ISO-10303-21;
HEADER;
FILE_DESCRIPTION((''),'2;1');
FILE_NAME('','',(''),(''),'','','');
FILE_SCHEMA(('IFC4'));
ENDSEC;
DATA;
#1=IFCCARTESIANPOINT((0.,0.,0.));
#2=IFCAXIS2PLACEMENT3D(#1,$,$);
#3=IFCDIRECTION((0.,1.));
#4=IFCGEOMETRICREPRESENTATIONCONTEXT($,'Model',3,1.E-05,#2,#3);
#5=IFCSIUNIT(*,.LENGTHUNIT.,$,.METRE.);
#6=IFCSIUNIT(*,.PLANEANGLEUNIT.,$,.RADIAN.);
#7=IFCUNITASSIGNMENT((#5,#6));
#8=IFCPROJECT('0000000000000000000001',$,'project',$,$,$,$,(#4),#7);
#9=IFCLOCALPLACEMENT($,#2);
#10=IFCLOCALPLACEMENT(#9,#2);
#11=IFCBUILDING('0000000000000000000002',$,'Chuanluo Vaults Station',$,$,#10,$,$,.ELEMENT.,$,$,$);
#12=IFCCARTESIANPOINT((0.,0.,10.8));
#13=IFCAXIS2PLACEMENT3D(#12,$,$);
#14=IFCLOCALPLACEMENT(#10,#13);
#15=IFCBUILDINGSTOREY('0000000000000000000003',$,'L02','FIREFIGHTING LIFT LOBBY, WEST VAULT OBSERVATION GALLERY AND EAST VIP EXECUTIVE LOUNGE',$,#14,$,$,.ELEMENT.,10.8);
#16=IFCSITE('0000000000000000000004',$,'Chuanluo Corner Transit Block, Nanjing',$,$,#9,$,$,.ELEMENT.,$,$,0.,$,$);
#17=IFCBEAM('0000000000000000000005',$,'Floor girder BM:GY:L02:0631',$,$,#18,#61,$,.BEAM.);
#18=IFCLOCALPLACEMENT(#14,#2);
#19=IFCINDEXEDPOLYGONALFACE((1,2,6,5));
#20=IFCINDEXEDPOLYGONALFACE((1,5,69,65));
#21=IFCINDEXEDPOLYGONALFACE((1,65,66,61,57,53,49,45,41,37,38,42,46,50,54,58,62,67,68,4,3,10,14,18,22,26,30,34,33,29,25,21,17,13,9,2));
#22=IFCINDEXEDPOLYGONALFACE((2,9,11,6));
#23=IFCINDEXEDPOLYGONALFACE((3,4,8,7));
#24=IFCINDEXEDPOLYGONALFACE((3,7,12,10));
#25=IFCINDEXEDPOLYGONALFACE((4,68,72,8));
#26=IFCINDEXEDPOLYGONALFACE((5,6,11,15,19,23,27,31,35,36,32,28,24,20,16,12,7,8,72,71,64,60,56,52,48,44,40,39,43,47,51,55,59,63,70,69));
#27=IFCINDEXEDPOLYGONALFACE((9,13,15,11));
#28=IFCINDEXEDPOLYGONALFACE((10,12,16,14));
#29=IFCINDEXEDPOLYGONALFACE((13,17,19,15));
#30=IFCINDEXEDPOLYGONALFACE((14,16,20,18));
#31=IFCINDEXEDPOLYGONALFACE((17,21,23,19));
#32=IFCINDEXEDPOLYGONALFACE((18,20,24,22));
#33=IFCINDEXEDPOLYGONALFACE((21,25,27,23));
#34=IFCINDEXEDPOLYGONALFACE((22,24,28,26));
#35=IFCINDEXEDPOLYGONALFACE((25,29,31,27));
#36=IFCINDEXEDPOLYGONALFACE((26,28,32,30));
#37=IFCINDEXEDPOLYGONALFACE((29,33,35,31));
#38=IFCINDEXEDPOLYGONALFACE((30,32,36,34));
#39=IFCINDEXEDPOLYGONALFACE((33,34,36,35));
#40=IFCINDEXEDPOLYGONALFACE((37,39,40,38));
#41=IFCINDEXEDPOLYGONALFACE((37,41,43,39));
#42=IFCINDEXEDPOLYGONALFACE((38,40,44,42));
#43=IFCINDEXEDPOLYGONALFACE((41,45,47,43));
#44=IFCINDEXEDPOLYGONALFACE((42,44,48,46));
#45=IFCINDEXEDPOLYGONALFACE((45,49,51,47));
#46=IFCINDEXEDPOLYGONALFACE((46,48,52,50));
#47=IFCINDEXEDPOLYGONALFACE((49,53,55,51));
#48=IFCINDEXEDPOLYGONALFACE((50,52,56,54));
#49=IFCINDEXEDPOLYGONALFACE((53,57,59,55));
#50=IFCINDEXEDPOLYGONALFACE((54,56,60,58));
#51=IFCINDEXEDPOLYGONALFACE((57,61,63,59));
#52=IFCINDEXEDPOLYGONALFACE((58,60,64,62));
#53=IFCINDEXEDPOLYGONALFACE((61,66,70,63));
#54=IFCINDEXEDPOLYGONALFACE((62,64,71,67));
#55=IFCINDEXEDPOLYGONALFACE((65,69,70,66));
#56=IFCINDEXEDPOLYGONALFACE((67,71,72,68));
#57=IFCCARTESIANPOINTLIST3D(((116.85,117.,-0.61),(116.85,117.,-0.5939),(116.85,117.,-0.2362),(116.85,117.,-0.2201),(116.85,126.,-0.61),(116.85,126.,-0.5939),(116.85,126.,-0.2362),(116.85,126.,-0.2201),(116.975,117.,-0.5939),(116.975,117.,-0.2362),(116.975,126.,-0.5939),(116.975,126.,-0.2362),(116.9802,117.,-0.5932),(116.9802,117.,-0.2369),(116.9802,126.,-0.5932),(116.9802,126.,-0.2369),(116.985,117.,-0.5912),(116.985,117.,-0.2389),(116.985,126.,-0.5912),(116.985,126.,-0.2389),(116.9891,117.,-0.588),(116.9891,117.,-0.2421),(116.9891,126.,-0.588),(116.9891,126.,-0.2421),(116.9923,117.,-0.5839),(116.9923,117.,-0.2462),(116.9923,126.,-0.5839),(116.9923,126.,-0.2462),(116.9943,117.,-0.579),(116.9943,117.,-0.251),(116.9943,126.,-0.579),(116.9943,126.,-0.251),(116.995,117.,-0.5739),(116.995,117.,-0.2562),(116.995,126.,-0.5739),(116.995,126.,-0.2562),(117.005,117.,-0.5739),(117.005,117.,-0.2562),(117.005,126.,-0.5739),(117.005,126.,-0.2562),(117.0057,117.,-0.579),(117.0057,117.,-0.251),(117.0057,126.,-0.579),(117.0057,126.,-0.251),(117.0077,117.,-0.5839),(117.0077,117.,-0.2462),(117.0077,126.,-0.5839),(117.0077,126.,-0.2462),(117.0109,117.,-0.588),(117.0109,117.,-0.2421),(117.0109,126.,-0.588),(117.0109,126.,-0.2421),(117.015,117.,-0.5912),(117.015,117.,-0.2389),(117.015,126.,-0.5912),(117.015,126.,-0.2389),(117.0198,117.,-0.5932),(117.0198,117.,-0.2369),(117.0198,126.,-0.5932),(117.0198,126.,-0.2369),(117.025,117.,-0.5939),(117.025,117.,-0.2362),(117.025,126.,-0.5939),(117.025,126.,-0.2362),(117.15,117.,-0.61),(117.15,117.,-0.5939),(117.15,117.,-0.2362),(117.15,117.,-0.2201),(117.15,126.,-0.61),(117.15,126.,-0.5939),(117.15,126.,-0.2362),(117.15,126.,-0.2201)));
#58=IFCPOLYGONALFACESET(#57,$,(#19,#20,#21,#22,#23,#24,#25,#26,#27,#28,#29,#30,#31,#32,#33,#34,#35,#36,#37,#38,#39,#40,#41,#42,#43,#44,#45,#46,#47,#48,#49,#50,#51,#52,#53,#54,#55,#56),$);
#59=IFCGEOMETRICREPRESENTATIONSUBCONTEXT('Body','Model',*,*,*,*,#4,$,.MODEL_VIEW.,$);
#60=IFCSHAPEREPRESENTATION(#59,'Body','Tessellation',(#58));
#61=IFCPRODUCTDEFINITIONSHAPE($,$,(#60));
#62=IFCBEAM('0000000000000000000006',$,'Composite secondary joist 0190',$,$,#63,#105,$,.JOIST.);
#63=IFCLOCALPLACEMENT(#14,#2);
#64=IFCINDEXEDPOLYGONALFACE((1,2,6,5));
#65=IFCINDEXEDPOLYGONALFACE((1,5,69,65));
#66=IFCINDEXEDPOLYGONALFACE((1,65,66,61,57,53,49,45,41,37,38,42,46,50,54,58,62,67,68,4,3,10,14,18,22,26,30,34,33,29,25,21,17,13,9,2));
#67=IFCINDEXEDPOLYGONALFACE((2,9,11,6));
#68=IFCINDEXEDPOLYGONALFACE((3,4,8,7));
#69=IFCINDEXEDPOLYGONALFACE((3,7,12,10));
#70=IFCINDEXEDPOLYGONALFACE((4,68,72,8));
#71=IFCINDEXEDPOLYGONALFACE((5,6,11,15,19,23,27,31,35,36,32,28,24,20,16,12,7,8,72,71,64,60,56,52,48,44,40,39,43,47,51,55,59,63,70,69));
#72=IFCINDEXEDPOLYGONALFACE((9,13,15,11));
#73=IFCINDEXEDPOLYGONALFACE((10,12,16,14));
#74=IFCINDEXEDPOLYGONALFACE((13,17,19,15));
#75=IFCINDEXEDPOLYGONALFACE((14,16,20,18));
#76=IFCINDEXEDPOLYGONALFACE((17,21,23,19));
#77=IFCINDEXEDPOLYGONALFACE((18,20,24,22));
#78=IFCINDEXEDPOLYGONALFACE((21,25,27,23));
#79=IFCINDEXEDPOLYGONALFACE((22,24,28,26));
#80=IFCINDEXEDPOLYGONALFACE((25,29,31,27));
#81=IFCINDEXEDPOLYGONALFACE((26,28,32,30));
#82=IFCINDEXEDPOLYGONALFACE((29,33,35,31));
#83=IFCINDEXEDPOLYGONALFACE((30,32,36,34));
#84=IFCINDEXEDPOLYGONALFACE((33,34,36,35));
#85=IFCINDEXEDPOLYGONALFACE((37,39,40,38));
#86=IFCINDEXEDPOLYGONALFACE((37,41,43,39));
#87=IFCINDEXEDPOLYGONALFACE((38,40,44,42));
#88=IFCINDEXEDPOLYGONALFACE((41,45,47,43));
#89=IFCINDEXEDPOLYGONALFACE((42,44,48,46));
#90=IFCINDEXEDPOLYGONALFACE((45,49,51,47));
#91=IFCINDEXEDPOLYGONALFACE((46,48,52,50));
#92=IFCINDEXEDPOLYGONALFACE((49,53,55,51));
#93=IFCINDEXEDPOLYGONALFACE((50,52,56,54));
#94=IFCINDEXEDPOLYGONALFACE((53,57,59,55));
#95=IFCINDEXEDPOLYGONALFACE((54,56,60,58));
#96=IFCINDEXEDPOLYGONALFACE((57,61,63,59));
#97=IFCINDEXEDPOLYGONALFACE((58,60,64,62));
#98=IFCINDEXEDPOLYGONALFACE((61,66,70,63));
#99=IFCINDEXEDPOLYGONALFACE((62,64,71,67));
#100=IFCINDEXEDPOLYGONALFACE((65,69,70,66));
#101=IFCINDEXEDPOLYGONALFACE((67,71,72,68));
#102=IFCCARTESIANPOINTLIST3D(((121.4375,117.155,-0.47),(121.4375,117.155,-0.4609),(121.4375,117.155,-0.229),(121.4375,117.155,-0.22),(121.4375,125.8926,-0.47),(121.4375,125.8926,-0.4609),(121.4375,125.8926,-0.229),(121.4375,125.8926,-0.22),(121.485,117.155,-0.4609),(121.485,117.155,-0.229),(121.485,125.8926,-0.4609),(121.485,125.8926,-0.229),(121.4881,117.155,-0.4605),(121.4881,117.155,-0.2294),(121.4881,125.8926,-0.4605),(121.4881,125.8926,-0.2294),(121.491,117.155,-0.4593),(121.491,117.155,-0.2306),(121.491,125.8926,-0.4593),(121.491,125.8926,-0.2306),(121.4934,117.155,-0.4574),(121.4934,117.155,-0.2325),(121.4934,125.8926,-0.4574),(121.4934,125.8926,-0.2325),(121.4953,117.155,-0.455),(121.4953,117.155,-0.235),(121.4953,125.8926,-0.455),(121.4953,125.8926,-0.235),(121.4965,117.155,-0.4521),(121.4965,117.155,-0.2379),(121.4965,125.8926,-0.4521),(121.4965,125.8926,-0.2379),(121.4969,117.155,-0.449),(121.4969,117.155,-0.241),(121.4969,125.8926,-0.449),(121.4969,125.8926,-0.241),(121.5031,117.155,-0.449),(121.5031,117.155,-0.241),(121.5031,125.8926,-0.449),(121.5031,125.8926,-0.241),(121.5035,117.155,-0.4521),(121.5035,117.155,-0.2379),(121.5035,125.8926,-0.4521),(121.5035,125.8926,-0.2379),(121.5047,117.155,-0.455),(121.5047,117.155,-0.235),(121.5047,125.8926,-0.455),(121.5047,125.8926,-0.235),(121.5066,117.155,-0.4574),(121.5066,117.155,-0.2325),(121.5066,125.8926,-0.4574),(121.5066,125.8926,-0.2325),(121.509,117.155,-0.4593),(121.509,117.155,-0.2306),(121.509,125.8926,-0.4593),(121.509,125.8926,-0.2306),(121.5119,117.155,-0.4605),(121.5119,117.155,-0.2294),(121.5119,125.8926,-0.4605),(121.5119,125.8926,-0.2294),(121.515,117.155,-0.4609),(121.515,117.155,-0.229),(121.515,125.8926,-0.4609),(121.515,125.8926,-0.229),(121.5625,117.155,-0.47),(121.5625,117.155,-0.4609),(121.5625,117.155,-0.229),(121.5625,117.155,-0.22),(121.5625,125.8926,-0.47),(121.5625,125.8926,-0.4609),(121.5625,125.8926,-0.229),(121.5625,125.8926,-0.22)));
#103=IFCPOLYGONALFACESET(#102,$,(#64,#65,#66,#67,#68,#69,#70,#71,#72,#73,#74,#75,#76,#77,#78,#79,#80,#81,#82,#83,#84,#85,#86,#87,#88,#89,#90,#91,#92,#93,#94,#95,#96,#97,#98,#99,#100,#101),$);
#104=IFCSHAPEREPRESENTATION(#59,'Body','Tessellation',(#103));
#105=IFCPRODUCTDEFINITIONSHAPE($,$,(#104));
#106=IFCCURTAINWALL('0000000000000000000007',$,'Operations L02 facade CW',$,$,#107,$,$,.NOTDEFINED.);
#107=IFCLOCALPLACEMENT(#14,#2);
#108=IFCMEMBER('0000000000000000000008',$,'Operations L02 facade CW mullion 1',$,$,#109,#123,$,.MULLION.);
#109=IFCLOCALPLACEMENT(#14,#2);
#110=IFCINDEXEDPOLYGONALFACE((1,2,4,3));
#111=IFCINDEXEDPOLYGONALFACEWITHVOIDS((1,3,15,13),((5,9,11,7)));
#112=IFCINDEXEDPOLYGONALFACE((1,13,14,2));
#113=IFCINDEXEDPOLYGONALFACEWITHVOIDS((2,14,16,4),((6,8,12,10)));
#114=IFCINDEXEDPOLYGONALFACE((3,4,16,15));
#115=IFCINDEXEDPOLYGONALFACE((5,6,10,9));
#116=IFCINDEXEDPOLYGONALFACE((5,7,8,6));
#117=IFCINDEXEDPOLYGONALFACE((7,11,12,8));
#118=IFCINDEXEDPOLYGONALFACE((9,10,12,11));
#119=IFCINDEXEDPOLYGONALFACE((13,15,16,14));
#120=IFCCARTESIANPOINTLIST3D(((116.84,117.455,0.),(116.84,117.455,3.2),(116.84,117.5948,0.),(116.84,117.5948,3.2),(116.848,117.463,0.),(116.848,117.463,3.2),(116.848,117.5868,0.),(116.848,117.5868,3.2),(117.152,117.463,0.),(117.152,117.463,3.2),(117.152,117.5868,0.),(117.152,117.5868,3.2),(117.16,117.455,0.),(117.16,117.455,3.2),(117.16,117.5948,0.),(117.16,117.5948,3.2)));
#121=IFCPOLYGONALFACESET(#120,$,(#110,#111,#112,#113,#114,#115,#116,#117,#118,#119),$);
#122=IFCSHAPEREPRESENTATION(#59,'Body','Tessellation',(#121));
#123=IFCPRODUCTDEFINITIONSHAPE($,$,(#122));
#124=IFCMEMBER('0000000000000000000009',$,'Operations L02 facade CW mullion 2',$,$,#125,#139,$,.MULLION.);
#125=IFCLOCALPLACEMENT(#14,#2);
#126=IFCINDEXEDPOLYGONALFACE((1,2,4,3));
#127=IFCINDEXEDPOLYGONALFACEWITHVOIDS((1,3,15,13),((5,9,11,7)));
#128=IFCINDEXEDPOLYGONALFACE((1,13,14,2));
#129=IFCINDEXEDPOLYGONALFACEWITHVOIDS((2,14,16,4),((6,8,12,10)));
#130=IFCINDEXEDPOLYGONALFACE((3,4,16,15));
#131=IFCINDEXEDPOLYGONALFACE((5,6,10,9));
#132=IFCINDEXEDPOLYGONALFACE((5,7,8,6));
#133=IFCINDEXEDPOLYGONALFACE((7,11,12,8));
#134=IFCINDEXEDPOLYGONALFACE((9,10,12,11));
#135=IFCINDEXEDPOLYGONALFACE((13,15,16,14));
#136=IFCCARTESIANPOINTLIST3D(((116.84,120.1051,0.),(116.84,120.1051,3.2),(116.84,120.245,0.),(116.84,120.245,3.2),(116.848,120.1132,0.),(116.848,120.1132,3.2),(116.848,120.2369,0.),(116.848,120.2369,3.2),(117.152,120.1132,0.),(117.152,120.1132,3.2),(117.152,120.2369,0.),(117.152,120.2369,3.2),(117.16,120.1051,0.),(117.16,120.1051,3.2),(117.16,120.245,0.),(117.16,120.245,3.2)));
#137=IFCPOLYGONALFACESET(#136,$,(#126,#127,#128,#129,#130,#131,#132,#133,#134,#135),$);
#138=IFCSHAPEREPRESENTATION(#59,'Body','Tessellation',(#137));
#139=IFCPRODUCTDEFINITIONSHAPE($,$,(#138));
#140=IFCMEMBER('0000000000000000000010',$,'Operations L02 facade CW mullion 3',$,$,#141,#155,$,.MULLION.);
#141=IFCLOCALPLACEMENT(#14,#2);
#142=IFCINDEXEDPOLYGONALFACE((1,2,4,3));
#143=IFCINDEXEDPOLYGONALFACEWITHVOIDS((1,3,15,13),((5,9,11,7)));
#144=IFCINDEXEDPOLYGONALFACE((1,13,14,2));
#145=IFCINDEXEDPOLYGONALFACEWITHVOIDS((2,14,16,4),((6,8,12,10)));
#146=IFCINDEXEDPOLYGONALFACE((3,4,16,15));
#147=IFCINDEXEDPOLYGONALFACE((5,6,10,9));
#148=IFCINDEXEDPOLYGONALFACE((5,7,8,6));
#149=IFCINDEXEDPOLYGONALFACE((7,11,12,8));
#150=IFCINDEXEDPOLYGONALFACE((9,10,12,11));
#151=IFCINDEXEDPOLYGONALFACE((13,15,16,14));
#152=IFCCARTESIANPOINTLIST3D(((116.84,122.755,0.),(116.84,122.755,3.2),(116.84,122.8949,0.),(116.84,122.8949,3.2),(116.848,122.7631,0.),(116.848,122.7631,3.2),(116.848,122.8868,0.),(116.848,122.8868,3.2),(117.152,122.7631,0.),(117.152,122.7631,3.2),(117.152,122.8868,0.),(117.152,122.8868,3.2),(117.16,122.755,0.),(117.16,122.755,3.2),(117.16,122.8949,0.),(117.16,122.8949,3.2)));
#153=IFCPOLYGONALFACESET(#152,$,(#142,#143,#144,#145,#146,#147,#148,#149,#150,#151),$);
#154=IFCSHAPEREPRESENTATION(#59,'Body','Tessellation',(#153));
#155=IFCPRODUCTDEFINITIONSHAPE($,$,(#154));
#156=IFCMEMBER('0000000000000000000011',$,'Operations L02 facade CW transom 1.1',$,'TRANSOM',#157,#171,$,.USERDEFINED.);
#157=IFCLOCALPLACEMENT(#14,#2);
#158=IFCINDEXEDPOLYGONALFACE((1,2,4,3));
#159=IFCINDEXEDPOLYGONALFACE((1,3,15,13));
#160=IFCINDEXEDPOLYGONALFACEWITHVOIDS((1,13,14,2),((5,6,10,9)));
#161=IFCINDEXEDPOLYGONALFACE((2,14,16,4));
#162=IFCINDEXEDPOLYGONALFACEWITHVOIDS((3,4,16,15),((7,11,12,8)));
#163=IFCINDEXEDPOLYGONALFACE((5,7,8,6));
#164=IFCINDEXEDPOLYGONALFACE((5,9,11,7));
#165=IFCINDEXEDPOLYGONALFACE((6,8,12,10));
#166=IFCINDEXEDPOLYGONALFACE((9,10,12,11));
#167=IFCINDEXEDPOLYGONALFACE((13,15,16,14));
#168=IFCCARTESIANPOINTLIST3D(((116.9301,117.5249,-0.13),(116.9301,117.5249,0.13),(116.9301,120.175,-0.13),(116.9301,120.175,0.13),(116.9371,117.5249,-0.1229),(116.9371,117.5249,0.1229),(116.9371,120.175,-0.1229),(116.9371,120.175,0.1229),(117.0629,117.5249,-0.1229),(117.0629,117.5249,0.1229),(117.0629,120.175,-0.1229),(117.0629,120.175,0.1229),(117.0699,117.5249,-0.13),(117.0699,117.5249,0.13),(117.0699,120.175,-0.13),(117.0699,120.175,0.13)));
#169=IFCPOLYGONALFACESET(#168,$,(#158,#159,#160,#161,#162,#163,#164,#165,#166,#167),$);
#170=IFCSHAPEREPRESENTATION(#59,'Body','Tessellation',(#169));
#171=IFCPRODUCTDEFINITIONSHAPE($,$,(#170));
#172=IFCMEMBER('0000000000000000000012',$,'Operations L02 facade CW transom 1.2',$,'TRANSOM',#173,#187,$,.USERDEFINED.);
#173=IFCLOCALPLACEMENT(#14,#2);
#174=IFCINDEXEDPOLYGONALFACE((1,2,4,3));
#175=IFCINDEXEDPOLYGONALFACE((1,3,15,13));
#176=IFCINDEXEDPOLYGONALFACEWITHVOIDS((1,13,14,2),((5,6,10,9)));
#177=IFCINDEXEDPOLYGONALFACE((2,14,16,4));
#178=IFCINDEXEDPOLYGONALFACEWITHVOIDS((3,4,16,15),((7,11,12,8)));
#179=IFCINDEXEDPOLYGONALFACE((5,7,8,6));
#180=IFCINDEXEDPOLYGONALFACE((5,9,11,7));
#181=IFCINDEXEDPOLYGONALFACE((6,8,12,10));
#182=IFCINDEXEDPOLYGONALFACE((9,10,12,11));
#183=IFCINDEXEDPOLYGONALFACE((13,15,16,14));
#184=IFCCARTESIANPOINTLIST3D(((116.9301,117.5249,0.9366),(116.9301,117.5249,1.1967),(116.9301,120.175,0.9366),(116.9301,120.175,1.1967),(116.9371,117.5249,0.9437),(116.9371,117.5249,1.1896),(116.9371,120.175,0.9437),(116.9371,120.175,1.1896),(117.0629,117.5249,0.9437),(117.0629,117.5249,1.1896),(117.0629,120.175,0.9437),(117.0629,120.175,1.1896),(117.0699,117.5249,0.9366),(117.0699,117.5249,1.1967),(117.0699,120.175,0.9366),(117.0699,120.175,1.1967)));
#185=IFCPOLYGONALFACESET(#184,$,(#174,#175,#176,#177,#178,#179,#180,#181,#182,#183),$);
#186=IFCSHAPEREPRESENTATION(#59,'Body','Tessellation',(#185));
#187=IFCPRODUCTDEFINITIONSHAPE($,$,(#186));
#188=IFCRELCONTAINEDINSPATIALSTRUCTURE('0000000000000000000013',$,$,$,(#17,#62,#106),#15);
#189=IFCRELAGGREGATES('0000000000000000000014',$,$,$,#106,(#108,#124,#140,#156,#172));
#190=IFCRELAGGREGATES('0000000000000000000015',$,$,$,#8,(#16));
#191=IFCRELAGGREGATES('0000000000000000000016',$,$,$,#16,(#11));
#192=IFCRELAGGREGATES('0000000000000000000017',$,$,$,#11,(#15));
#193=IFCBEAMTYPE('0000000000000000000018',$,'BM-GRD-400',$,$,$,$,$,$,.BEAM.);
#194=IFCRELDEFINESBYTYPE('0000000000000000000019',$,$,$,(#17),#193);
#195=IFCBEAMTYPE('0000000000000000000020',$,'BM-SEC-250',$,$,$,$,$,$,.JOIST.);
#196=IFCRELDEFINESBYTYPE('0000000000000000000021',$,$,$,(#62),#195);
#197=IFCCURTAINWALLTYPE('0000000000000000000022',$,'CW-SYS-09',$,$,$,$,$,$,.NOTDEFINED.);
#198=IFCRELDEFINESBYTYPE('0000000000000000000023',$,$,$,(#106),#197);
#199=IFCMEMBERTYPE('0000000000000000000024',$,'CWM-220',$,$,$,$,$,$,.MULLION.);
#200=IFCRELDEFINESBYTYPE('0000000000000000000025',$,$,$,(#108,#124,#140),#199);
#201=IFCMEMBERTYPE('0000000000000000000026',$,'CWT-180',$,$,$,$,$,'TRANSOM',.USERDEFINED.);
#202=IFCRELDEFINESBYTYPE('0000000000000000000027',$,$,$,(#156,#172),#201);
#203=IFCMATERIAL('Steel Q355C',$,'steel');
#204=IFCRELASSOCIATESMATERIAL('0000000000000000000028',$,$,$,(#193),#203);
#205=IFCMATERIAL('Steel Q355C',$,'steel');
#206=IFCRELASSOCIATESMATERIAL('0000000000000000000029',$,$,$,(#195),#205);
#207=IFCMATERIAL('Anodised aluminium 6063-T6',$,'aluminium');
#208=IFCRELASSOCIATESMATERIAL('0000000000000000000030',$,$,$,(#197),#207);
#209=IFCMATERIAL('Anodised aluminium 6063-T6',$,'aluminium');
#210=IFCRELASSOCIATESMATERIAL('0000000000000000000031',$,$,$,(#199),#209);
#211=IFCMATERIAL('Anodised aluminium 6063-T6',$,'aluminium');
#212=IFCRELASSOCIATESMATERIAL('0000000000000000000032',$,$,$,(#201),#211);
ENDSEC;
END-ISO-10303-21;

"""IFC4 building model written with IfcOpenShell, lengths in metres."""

from ifc_helpers import new_model, si_unit, direction, frame, origin, origin_2d, place, context, subcontext, project, spatial, hollow_rectangle, i_section, extrude, material, material_profile, profile_set, type_object, element, aggregate, save


model = new_model("IFC4")

# Units and contexts
model_context = context("Model", 3, precision=1e-05, world=origin(), true_north=direction((0.0, 1.0)))
body_context = subcontext(model_context, "Body", "Model", "MODEL_VIEW")
ifc_project = project(units=[si_unit("LENGTHUNIT", "METRE"), si_unit("PLANEANGLEUNIT", "RADIAN")], contexts=[model_context])

# Site, building, storey
site_placement = place(None, origin())
site = spatial("IfcSite", under=ifc_project, at=site_placement, Name="Chuanluo Corner Transit Block, Nanjing", CompositionType="ELEMENT", RefElevation=0.0)
building_placement = place(site_placement, origin())
building = spatial("IfcBuilding", under=site, at=building_placement, Name="Chuanluo Vaults Station", CompositionType="ELEMENT")
storey_placement = place(building_placement, frame((0.0, 0.0, 10.8)))
storey = spatial("IfcBuildingStorey", under=building, at=storey_placement, Name="L02", Description="FIREFIGHTING LIFT LOBBY, WEST VAULT OBSERVATION GALLERY AND EAST VIP EXECUTIVE LOUNGE", CompositionType="ELEMENT", Elevation=10.8)

# Beams
ifc_material_1 = material(Name="Steel Q355C", Category="steel")
ifc_material_profile_1 = material_profile(ifc_material_1, i_section(OverallWidth=0.3, OverallDepth=0.3899, WebThickness=0.01, FlangeThickness=0.0161, FilletRadius=0.02, at=origin_2d()))
ifc_profile_set_1 = profile_set([ifc_material_profile_1], Name="Steel Q355C")
beam_type_1 = type_object("IfcBeamType", Name="BM-GRD-400", PredefinedType="BEAM", material=ifc_profile_set_1)
beam_1_placement = place(storey_placement, frame((117.0, 117.0, -0.415), z_axis=(0.0, 1.0, 0.0), x_axis=(-1.0, 0.0, 0.0)))
element("IfcBeam", 1, at=beam_1_placement, inside=storey, type_object=beam_type_1, Name="Floor girder BM:GY:L02:0631", PredefinedType="BEAM", context=body_context, shape_type="SweptSolid", body=[
    extrude(i_section(OverallWidth=0.3, OverallDepth=0.3899, WebThickness=0.01, FlangeThickness=0.0161, FilletRadius=0.02, at=origin_2d()), origin(), (0.0, 0.0, 1.0), 9.0),
])
ifc_material_2 = material(Name="Steel Q355C", Category="steel")
ifc_material_profile_2 = material_profile(ifc_material_2, i_section(OverallWidth=0.125, OverallDepth=0.25, WebThickness=0.0061, FlangeThickness=0.009, FilletRadius=0.012, at=origin_2d()))
ifc_profile_set_2 = profile_set([ifc_material_profile_2], Name="Steel Q355C")
beam_type_2 = type_object("IfcBeamType", Name="BM-SEC-250", PredefinedType="JOIST", material=ifc_profile_set_2)
beam_2_placement = place(storey_placement, frame((121.5, 117.155, -0.345), z_axis=(0.0, 1.0, 0.0), x_axis=(-1.0, 0.0, 0.0)))
element("IfcBeam", 2, at=beam_2_placement, inside=storey, type_object=beam_type_2, Name="Composite secondary joist 0190", PredefinedType="JOIST", context=body_context, shape_type="SweptSolid", body=[
    extrude(i_section(OverallWidth=0.125, OverallDepth=0.25, WebThickness=0.0061, FlangeThickness=0.009, FilletRadius=0.012, at=origin_2d()), origin(), (0.0, 0.0, 1.0), 8.7375),
])

# Curtain wall, members
ifc_material_3 = material(Name="Anodised aluminium 6063-T6", Category="aluminium")
curtain_wall_type = type_object("IfcCurtainWallType", Name="CW-SYS-09", PredefinedType="NOTDEFINED", material=ifc_material_3)
curtain_wall_placement = place(storey_placement, origin())
curtain_wall = element("IfcCurtainWall", 3, at=curtain_wall_placement, inside=storey, type_object=curtain_wall_type, Name="Operations L02 facade CW", PredefinedType="NOTDEFINED")
ifc_material_4 = material(Name="Anodised aluminium 6063-T6", Category="aluminium")
ifc_material_profile_3 = material_profile(ifc_material_4, hollow_rectangle(XDim=0.1399, YDim=0.3201, WallThickness=0.0081, at=origin_2d()))
ifc_profile_set_3 = profile_set([ifc_material_profile_3], Name="Anodised aluminium 6063-T6")
member_type_1 = type_object("IfcMemberType", Name="CWM-220", PredefinedType="MULLION", material=ifc_profile_set_3)
member_1_placement = place(storey_placement, frame((117.0, 117.5249, 0.0), z_axis=(0.0, 0.0, 1.0), x_axis=(0.0, 1.0, 0.0)))
member_1 = element("IfcMember", 4, at=member_1_placement, type_object=member_type_1, Name="Operations L02 facade CW mullion 1", PredefinedType="MULLION", context=body_context, shape_type="SweptSolid", body=[
    extrude(hollow_rectangle(XDim=0.1399, YDim=0.3201, WallThickness=0.0081, at=origin_2d()), origin(), (0.0, 0.0, 1.0), 3.2),
])
member_2_placement = place(storey_placement, frame((117.0, 120.175, 0.0), z_axis=(0.0, 0.0, 1.0), x_axis=(0.0, 1.0, 0.0)))
member_2 = element("IfcMember", 5, at=member_2_placement, type_object=member_type_1, Name="Operations L02 facade CW mullion 2", PredefinedType="MULLION", context=body_context, shape_type="SweptSolid", body=[
    extrude(hollow_rectangle(XDim=0.1399, YDim=0.3201, WallThickness=0.0081, at=origin_2d()), origin(), (0.0, 0.0, 1.0), 3.2),
])
member_3_placement = place(storey_placement, frame((117.0, 122.825, 0.0), z_axis=(0.0, 0.0, 1.0), x_axis=(0.0, 1.0, 0.0)))
member_3 = element("IfcMember", 6, at=member_3_placement, type_object=member_type_1, Name="Operations L02 facade CW mullion 3", PredefinedType="MULLION", context=body_context, shape_type="SweptSolid", body=[
    extrude(hollow_rectangle(XDim=0.1399, YDim=0.3201, WallThickness=0.0081, at=origin_2d()), origin(), (0.0, 0.0, 1.0), 3.2),
])
ifc_material_5 = material(Name="Anodised aluminium 6063-T6", Category="aluminium")
ifc_material_profile_4 = material_profile(ifc_material_5, hollow_rectangle(XDim=0.1399, YDim=0.26, WallThickness=0.0071, at=origin_2d()))
ifc_profile_set_4 = profile_set([ifc_material_profile_4], Name="Anodised aluminium 6063-T6")
member_type_2 = type_object("IfcMemberType", Name="CWT-180", ElementType="TRANSOM", PredefinedType="USERDEFINED", material=ifc_profile_set_4)
member_4_placement = place(storey_placement, frame((117.0, 117.5249, 0.0), z_axis=(0.0, 1.0, 0.0), x_axis=(-1.0, 0.0, 0.0)))
member_4 = element("IfcMember", 7, at=member_4_placement, type_object=member_type_2, Name="Operations L02 facade CW transom 1.1", ObjectType="TRANSOM", PredefinedType="USERDEFINED", context=body_context, shape_type="SweptSolid", body=[
    extrude(hollow_rectangle(XDim=0.1399, YDim=0.26, WallThickness=0.0071, at=origin_2d()), origin(), (0.0, 0.0, 1.0), 2.6501),
])
member_5_placement = place(storey_placement, frame((117.0, 117.5249, 1.0667), z_axis=(0.0, 1.0, 0.0), x_axis=(-1.0, 0.0, 0.0)))
member_5 = element("IfcMember", 8, at=member_5_placement, type_object=member_type_2, Name="Operations L02 facade CW transom 1.2", ObjectType="TRANSOM", PredefinedType="USERDEFINED", context=body_context, shape_type="SweptSolid", body=[
    extrude(hollow_rectangle(XDim=0.1399, YDim=0.26, WallThickness=0.0071, at=origin_2d()), origin(), (0.0, 0.0, 1.0), 2.6501),
])
aggregate(curtain_wall, [member_1, member_2, member_3, member_4, member_5])

save(model, "model.ifc")
